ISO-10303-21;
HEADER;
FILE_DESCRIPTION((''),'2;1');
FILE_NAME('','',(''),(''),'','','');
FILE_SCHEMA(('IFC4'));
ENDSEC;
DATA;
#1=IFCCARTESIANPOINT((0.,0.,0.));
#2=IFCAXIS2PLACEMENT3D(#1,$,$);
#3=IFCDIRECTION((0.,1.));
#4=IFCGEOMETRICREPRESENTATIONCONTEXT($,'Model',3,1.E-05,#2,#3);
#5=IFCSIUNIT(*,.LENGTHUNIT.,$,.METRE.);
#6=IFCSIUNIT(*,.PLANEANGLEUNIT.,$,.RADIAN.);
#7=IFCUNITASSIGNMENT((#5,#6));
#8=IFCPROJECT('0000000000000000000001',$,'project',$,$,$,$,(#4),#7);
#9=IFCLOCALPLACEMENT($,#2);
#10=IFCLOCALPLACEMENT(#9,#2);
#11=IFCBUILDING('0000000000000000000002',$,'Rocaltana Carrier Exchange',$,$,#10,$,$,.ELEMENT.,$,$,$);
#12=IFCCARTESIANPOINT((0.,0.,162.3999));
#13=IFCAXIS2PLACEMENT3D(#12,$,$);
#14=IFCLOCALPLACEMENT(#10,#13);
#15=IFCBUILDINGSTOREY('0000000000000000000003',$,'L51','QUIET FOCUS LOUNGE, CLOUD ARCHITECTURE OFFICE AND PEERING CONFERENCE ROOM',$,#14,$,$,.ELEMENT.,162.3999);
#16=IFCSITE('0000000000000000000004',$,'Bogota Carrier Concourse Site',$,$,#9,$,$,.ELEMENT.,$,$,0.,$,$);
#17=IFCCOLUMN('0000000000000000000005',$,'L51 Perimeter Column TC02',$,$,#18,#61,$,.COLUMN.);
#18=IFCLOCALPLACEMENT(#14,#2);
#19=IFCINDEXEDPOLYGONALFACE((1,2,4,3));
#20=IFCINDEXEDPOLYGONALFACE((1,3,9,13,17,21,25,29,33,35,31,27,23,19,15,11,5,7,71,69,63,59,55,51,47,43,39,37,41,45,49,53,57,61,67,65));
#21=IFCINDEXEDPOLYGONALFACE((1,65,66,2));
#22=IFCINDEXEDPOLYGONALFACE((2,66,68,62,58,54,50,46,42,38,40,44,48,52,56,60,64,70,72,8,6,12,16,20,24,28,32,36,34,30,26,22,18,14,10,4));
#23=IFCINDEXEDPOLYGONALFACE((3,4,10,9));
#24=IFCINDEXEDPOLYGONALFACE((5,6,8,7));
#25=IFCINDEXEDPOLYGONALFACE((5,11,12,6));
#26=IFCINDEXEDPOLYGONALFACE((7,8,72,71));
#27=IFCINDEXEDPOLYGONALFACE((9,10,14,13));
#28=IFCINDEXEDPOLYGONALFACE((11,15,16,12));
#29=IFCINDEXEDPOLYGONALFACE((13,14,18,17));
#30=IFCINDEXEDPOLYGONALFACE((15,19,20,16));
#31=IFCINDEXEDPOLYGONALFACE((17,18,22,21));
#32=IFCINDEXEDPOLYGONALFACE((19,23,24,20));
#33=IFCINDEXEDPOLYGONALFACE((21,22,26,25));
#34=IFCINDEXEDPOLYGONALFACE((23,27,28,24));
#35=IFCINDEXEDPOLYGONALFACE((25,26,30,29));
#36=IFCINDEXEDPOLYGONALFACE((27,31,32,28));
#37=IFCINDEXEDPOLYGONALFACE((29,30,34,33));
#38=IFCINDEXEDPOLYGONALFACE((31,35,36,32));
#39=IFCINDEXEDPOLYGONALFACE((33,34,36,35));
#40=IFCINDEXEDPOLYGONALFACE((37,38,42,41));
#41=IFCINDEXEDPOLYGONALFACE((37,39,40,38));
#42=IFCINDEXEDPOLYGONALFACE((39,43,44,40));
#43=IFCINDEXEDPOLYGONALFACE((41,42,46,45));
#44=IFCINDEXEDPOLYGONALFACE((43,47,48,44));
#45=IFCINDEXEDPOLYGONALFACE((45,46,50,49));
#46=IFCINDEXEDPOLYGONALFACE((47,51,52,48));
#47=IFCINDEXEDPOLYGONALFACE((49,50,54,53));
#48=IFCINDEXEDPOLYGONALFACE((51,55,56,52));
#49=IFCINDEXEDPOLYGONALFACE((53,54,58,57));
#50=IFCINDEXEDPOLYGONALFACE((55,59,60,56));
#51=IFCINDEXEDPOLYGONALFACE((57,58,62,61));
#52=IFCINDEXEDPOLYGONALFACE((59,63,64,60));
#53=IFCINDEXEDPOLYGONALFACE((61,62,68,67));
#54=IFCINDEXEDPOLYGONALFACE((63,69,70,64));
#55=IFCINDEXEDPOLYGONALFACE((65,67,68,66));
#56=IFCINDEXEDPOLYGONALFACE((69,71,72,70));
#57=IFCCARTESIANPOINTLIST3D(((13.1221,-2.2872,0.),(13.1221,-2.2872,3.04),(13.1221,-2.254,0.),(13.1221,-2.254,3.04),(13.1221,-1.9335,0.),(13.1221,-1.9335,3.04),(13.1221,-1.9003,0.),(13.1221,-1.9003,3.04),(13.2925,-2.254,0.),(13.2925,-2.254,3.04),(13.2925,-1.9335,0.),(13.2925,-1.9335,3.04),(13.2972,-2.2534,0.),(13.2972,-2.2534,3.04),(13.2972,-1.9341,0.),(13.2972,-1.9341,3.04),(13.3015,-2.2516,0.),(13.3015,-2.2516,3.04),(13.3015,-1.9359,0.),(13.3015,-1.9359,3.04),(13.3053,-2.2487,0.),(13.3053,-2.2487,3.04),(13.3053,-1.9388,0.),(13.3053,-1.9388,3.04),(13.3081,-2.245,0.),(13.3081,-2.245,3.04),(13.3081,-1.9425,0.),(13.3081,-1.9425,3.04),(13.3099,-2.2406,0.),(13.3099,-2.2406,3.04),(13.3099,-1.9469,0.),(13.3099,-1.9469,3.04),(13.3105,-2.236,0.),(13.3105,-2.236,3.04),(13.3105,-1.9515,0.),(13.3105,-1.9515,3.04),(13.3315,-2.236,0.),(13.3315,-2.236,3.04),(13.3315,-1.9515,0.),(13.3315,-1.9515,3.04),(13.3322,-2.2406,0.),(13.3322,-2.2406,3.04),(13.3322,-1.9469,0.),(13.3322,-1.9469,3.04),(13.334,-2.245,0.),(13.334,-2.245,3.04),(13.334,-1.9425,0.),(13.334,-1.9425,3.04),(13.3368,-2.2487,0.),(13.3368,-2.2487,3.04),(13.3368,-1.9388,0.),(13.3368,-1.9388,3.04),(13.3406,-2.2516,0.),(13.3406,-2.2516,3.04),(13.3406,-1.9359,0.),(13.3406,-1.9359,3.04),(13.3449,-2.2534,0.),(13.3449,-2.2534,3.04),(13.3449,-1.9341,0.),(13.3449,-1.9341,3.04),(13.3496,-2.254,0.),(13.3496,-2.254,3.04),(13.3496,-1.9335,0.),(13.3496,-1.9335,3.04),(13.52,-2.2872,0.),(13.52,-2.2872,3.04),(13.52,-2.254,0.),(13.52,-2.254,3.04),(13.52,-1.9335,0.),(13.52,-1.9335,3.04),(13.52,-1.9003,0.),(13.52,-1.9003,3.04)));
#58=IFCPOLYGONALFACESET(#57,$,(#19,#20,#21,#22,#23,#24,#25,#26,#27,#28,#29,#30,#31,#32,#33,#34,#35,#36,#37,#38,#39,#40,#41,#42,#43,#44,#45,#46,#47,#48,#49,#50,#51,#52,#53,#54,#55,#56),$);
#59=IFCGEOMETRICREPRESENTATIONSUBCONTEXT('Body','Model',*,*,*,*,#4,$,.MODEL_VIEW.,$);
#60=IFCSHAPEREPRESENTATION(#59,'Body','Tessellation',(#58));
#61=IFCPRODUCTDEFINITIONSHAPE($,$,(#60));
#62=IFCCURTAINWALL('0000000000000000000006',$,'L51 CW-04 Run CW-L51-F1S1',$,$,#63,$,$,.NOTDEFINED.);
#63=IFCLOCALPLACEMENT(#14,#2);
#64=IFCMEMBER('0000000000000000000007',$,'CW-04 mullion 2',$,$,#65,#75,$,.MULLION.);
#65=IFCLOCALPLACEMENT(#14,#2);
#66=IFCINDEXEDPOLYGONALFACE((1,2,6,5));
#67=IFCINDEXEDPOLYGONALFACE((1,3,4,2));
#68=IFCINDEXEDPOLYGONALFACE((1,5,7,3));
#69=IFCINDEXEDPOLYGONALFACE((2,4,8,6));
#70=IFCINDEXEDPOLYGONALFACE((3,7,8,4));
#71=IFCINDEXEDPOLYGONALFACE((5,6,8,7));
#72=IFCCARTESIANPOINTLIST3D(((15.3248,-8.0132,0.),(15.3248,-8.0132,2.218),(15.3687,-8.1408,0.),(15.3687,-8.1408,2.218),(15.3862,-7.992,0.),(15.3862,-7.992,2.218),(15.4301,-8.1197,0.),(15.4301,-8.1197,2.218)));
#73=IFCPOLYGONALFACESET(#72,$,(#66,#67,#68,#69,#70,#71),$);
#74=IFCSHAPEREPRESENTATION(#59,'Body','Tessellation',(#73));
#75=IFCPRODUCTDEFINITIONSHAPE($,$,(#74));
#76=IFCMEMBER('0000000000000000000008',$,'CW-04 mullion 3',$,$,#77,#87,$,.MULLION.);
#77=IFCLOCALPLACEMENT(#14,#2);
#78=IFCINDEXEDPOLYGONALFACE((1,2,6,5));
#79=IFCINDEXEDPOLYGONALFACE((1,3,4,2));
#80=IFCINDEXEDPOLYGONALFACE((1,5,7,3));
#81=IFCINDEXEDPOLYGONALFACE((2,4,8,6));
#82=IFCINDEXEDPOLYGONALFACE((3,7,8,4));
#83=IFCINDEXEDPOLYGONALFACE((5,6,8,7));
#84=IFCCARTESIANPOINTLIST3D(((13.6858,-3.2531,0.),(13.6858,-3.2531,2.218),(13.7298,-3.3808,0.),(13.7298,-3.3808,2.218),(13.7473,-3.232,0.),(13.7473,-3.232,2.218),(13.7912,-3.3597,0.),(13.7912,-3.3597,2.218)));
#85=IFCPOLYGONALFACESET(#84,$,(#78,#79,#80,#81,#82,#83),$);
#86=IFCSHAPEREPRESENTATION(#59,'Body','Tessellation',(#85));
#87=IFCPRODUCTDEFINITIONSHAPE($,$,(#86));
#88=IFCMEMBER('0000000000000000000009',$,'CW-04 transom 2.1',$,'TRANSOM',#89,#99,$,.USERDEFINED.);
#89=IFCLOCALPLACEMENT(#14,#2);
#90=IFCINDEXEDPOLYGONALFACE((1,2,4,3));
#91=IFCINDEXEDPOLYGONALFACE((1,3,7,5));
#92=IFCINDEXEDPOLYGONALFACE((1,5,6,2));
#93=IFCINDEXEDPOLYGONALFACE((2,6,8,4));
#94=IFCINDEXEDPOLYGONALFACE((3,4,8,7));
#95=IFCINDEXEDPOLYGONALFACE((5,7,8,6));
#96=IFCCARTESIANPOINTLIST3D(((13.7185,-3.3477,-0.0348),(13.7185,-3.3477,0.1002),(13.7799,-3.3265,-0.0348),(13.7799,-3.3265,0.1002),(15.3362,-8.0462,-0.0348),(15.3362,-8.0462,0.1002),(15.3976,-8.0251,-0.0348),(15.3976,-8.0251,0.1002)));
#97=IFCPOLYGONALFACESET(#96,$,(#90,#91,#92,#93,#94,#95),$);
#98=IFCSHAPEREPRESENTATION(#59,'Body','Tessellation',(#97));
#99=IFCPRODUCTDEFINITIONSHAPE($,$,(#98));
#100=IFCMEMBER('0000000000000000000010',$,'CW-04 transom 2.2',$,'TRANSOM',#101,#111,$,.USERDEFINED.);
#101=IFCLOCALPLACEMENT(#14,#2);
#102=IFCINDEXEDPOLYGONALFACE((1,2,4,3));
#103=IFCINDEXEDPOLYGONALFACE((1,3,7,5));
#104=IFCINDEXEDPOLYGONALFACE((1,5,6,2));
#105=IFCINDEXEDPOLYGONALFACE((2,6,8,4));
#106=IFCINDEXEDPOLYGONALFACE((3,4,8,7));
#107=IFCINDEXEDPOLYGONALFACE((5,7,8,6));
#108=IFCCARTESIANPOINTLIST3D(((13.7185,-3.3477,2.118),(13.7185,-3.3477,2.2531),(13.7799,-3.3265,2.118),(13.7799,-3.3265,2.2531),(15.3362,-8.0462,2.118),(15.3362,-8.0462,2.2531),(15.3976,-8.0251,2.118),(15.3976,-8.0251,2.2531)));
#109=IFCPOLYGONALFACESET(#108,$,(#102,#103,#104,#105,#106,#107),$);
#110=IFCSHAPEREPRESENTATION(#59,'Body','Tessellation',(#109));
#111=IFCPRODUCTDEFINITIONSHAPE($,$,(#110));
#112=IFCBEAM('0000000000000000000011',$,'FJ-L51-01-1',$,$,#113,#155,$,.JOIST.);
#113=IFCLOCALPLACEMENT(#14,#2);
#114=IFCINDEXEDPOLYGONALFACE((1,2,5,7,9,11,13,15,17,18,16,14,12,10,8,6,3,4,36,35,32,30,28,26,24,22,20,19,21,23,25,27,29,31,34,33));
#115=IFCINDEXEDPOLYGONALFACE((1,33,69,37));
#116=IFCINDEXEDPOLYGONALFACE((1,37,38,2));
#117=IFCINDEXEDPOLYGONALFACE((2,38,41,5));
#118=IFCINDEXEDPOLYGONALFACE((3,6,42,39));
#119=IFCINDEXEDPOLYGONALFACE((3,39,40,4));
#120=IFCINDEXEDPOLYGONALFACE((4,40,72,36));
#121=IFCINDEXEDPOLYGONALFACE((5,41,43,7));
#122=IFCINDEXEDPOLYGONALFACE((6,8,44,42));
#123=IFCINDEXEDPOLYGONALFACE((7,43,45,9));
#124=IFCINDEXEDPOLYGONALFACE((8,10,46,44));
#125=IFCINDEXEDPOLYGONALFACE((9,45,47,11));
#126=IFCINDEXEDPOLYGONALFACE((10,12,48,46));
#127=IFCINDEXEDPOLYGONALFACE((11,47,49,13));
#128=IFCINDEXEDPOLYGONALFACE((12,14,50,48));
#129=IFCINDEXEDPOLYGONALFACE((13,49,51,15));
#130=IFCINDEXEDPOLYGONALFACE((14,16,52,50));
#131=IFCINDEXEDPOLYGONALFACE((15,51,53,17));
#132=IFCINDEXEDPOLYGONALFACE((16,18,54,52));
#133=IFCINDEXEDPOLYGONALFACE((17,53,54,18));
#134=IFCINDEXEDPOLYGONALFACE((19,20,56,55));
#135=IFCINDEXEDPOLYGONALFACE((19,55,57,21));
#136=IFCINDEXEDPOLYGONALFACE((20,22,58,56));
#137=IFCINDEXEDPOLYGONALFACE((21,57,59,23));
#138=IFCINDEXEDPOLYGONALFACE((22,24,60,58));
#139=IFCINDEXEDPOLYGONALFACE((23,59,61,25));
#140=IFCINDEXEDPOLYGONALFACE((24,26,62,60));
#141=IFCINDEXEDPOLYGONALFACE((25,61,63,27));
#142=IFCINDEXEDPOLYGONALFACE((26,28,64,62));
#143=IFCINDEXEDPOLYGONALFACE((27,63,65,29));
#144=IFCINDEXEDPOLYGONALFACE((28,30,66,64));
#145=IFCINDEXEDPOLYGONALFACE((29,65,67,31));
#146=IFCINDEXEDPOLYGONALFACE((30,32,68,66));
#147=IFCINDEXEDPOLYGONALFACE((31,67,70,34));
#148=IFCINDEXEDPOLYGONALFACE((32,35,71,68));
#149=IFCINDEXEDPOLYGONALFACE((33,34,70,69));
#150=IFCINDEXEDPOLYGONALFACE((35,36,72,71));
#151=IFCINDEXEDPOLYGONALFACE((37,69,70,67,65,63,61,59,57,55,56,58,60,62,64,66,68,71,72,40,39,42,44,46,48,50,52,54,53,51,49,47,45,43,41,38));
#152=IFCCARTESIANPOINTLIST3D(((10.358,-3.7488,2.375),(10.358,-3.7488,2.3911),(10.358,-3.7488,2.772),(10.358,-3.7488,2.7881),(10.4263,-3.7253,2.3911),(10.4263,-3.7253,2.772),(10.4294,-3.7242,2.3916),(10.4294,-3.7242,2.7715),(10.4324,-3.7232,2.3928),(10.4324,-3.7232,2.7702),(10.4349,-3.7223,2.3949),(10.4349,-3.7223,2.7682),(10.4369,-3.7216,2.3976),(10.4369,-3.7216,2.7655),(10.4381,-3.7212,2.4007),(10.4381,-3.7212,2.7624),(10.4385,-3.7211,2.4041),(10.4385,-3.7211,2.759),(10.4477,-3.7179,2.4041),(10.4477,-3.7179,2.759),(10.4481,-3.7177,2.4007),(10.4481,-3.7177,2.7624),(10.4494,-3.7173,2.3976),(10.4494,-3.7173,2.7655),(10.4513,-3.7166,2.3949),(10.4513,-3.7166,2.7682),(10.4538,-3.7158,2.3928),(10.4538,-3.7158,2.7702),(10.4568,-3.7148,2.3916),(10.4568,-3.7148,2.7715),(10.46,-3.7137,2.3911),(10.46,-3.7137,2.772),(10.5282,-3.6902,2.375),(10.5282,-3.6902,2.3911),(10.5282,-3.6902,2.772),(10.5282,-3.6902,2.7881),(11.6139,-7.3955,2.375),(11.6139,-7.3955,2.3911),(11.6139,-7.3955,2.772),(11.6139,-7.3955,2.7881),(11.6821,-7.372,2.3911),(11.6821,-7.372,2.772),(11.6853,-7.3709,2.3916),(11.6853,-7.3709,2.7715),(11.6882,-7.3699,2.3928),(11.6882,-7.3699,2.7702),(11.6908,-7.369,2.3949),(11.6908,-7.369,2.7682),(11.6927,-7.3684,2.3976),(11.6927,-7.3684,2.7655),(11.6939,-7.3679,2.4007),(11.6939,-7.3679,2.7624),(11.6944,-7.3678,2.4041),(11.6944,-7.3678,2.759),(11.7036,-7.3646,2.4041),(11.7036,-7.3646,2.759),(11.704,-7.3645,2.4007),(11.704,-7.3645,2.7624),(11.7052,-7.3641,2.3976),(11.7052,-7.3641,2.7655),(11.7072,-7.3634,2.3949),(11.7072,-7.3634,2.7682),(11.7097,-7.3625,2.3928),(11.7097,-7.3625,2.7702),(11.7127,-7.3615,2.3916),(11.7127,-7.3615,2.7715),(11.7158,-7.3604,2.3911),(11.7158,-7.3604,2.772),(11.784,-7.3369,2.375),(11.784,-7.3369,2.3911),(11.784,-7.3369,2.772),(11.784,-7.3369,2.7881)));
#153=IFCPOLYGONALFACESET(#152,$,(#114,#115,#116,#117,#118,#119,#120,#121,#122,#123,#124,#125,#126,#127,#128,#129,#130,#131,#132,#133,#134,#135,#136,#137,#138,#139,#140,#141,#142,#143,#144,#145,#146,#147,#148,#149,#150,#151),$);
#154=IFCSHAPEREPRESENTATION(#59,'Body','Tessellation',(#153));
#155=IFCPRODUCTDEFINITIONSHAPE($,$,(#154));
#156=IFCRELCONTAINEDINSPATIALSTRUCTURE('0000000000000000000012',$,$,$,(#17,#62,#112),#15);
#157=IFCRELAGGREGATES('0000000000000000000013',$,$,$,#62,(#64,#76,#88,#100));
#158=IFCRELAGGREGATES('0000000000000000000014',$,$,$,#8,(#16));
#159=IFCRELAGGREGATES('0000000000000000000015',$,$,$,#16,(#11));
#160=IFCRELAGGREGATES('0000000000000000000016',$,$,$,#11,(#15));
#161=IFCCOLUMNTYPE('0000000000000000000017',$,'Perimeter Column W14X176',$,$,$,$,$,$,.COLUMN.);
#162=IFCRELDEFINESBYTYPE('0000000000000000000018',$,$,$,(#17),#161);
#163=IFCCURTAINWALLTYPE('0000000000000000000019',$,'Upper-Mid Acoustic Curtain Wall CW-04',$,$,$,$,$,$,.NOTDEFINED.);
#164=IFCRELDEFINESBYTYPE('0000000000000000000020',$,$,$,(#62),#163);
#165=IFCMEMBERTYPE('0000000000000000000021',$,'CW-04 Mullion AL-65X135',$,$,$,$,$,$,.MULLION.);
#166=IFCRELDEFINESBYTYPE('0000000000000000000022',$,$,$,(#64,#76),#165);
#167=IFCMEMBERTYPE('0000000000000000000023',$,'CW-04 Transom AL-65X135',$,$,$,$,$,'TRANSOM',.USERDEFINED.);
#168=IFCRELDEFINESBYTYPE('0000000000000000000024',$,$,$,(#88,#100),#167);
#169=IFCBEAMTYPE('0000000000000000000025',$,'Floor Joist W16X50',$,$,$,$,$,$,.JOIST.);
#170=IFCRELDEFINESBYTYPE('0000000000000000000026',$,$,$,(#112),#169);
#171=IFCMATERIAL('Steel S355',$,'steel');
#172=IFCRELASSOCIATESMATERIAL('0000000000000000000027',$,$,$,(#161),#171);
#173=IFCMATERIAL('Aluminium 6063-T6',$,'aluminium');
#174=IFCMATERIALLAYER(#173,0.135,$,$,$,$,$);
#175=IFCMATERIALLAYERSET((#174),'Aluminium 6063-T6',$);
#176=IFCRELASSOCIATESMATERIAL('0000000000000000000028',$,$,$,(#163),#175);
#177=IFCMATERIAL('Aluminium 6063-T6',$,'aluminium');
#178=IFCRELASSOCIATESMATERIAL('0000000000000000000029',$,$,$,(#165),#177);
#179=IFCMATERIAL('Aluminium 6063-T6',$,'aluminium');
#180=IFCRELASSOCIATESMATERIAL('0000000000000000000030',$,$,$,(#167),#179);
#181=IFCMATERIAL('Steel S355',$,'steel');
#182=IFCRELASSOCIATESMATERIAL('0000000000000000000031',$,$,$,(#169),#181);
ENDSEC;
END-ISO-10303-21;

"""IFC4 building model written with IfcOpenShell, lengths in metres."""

from ifc_helpers import new_model, si_unit, direction, frame, origin, origin_2d, place, context, subcontext, project, spatial, rectangle, i_section, extrude, material, layer, layer_set, material_profile, profile_set, type_object, element, aggregate, save


model = new_model("IFC4")

# Units and contexts
model_context = context("Model", 3, precision=1e-05, world=origin(), true_north=direction((0.0, 1.0)))
body_context = subcontext(model_context, "Body", "Model", "MODEL_VIEW")
ifc_project = project(units=[si_unit("LENGTHUNIT", "METRE"), si_unit("PLANEANGLEUNIT", "RADIAN")], contexts=[model_context])

# Site, building, storey
site_placement = place(None, origin())
site = spatial("IfcSite", under=ifc_project, at=site_placement, Name="Bogota Carrier Concourse Site", CompositionType="ELEMENT", RefElevation=0.0)
building_placement = place(site_placement, origin())
building = spatial("IfcBuilding", under=site, at=building_placement, Name="Rocaltana Carrier Exchange", CompositionType="ELEMENT")
storey_placement = place(building_placement, frame((0.0, 0.0, 162.3999)))
storey = spatial("IfcBuildingStorey", under=building, at=storey_placement, Name="L51", Description="QUIET FOCUS LOUNGE, CLOUD ARCHITECTURE OFFICE AND PEERING CONFERENCE ROOM", CompositionType="ELEMENT", Elevation=162.3999)

# Column
ifc_material_1 = material(Name="Steel S355", Category="steel")
ifc_material_profile_1 = material_profile(ifc_material_1, i_section(OverallWidth=0.3979, OverallDepth=0.387, WebThickness=0.021, FlangeThickness=0.0332, FilletRadius=0.0181, at=origin_2d()), Name="W14X176")
ifc_profile_set_1 = profile_set([ifc_material_profile_1], Name="Steel S355")
column_type = type_object("IfcColumnType", Name="Perimeter Column W14X176", PredefinedType="COLUMN", material=ifc_profile_set_1)
column_placement = place(storey_placement, frame((13.321, -2.0938, 0.0), z_axis=(0.0, 0.0, 1.0), x_axis=(1.0, 0.0, 0.0)))
element("IfcColumn", 1, at=column_placement, inside=storey, type_object=column_type, Name="L51 Perimeter Column TC02", PredefinedType="COLUMN", context=body_context, shape_type="SweptSolid", body=[
    extrude(i_section(OverallWidth=0.3979, OverallDepth=0.387, WebThickness=0.021, FlangeThickness=0.0332, FilletRadius=0.0181, at=origin_2d()), origin(), (0.0, 0.0, 1.0), 3.04),
])

# Curtain wall, members
ifc_material_2 = material(Name="Aluminium 6063-T6", Category="aluminium")
ifc_layer_1 = layer(ifc_material_2, 0.135)
ifc_layer_set_1 = layer_set([ifc_layer_1], Name="Aluminium 6063-T6")
curtain_wall_type = type_object("IfcCurtainWallType", Name="Upper-Mid Acoustic Curtain Wall CW-04", PredefinedType="NOTDEFINED", material=ifc_layer_set_1)
curtain_wall_placement = place(storey_placement, origin())
curtain_wall = element("IfcCurtainWall", 2, at=curtain_wall_placement, inside=storey, type_object=curtain_wall_type, Name="L51 CW-04 Run CW-L51-F1S1", PredefinedType="NOTDEFINED")
ifc_material_3 = material(Name="Aluminium 6063-T6", Category="aluminium")
ifc_material_profile_2 = material_profile(ifc_material_3, rectangle(XDim=0.0649, YDim=0.135, at=origin_2d()), Name="AL-65X135")
ifc_profile_set_2 = profile_set([ifc_material_profile_2], Name="Aluminium 6063-T6")
member_type_1 = type_object("IfcMemberType", Name="CW-04 Mullion AL-65X135", PredefinedType="MULLION", material=ifc_profile_set_2)
member_1_placement = place(storey_placement, frame((15.3774, -8.0664, 0.0), z_axis=(0.0, 0.0, 1.0), x_axis=(-0.945522, -0.325559, 0.0)))
member_1 = element("IfcMember", 3, at=member_1_placement, type_object=member_type_1, Name="CW-04 mullion 2", PredefinedType="MULLION", context=body_context, shape_type="SweptSolid", body=[
    extrude(rectangle(XDim=0.0649, YDim=0.135, at=origin_2d()), origin(), (0.0, 0.0, 1.0), 2.218),
])
member_2_placement = place(storey_placement, frame((13.7385, -3.3064, 0.0), z_axis=(0.0, 0.0, 1.0), x_axis=(-0.945522, -0.325559, 0.0)))
member_2 = element("IfcMember", 4, at=member_2_placement, type_object=member_type_1, Name="CW-04 mullion 3", PredefinedType="MULLION", context=body_context, shape_type="SweptSolid", body=[
    extrude(rectangle(XDim=0.0649, YDim=0.135, at=origin_2d()), origin(), (0.0, 0.0, 1.0), 2.218),
])
ifc_material_4 = material(Name="Aluminium 6063-T6", Category="aluminium")
ifc_material_profile_3 = material_profile(ifc_material_4, rectangle(XDim=0.0649, YDim=0.135, at=origin_2d()), Name="AL-65X135")
ifc_profile_set_3 = profile_set([ifc_material_profile_3], Name="Aluminium 6063-T6")
member_type_2 = type_object("IfcMemberType", Name="CW-04 Transom AL-65X135", ElementType="TRANSOM", PredefinedType="USERDEFINED", material=ifc_profile_set_3)
member_3_placement = place(storey_placement, frame((15.3669, -8.0356, 0.0327), z_axis=(-0.325542, 0.945527, 0.0), x_axis=(-0.945527, -0.325542, 0.0)))
member_3 = element("IfcMember", 5, at=member_3_placement, type_object=member_type_2, Name="CW-04 transom 2.1", ObjectType="TRANSOM", PredefinedType="USERDEFINED", context=body_context, shape_type="SweptSolid", body=[
    extrude(rectangle(XDim=0.0649, YDim=0.135, at=origin_2d()), origin(), (0.0, 0.0, 1.0), 4.9692),
])
member_4_placement = place(storey_placement, frame((15.3669, -8.0356, 2.1855), z_axis=(-0.325542, 0.945527, 0.0), x_axis=(-0.945527, -0.325542, 0.0)))
member_4 = element("IfcMember", 6, at=member_4_placement, type_object=member_type_2, Name="CW-04 transom 2.2", ObjectType="TRANSOM", PredefinedType="USERDEFINED", context=body_context, shape_type="SweptSolid", body=[
    extrude(rectangle(XDim=0.0649, YDim=0.135, at=origin_2d()), origin(), (0.0, 0.0, 1.0), 4.9692),
])

# Beam
ifc_material_5 = material(Name="Steel S355", Category="steel")
ifc_material_profile_4 = material_profile(ifc_material_5, i_section(OverallWidth=0.1799, OverallDepth=0.4131, WebThickness=0.0098, FlangeThickness=0.0161, FilletRadius=0.0129, at=origin_2d()), Name="W16X50")
ifc_profile_set_4 = profile_set([ifc_material_profile_4], Name="Steel S355")
beam_type_1 = type_object("IfcBeamType", Name="Floor Joist W16X50", PredefinedType="JOIST", material=ifc_profile_set_4)
beam_1_placement = place(storey_placement, frame((11.699, -7.3662, 2.5815), z_axis=(-0.325612, 0.945503, 0.0), x_axis=(-0.945503, -0.325612, 0.0)))
element("IfcBeam", 7, at=beam_1_placement, inside=storey, type_object=beam_type_1, Name="FJ-L51-01-1", PredefinedType="JOIST", context=body_context, shape_type="SweptSolid", body=[
    extrude(i_section(OverallWidth=0.1799, OverallDepth=0.4131, WebThickness=0.0098, FlangeThickness=0.0161, FilletRadius=0.0129, at=origin_2d()), origin(), (0.0, 0.0, 1.0), 3.8569),
])

aggregate(curtain_wall, [member_1, member_2, member_3, member_4])

save(model, "model.ifc")
